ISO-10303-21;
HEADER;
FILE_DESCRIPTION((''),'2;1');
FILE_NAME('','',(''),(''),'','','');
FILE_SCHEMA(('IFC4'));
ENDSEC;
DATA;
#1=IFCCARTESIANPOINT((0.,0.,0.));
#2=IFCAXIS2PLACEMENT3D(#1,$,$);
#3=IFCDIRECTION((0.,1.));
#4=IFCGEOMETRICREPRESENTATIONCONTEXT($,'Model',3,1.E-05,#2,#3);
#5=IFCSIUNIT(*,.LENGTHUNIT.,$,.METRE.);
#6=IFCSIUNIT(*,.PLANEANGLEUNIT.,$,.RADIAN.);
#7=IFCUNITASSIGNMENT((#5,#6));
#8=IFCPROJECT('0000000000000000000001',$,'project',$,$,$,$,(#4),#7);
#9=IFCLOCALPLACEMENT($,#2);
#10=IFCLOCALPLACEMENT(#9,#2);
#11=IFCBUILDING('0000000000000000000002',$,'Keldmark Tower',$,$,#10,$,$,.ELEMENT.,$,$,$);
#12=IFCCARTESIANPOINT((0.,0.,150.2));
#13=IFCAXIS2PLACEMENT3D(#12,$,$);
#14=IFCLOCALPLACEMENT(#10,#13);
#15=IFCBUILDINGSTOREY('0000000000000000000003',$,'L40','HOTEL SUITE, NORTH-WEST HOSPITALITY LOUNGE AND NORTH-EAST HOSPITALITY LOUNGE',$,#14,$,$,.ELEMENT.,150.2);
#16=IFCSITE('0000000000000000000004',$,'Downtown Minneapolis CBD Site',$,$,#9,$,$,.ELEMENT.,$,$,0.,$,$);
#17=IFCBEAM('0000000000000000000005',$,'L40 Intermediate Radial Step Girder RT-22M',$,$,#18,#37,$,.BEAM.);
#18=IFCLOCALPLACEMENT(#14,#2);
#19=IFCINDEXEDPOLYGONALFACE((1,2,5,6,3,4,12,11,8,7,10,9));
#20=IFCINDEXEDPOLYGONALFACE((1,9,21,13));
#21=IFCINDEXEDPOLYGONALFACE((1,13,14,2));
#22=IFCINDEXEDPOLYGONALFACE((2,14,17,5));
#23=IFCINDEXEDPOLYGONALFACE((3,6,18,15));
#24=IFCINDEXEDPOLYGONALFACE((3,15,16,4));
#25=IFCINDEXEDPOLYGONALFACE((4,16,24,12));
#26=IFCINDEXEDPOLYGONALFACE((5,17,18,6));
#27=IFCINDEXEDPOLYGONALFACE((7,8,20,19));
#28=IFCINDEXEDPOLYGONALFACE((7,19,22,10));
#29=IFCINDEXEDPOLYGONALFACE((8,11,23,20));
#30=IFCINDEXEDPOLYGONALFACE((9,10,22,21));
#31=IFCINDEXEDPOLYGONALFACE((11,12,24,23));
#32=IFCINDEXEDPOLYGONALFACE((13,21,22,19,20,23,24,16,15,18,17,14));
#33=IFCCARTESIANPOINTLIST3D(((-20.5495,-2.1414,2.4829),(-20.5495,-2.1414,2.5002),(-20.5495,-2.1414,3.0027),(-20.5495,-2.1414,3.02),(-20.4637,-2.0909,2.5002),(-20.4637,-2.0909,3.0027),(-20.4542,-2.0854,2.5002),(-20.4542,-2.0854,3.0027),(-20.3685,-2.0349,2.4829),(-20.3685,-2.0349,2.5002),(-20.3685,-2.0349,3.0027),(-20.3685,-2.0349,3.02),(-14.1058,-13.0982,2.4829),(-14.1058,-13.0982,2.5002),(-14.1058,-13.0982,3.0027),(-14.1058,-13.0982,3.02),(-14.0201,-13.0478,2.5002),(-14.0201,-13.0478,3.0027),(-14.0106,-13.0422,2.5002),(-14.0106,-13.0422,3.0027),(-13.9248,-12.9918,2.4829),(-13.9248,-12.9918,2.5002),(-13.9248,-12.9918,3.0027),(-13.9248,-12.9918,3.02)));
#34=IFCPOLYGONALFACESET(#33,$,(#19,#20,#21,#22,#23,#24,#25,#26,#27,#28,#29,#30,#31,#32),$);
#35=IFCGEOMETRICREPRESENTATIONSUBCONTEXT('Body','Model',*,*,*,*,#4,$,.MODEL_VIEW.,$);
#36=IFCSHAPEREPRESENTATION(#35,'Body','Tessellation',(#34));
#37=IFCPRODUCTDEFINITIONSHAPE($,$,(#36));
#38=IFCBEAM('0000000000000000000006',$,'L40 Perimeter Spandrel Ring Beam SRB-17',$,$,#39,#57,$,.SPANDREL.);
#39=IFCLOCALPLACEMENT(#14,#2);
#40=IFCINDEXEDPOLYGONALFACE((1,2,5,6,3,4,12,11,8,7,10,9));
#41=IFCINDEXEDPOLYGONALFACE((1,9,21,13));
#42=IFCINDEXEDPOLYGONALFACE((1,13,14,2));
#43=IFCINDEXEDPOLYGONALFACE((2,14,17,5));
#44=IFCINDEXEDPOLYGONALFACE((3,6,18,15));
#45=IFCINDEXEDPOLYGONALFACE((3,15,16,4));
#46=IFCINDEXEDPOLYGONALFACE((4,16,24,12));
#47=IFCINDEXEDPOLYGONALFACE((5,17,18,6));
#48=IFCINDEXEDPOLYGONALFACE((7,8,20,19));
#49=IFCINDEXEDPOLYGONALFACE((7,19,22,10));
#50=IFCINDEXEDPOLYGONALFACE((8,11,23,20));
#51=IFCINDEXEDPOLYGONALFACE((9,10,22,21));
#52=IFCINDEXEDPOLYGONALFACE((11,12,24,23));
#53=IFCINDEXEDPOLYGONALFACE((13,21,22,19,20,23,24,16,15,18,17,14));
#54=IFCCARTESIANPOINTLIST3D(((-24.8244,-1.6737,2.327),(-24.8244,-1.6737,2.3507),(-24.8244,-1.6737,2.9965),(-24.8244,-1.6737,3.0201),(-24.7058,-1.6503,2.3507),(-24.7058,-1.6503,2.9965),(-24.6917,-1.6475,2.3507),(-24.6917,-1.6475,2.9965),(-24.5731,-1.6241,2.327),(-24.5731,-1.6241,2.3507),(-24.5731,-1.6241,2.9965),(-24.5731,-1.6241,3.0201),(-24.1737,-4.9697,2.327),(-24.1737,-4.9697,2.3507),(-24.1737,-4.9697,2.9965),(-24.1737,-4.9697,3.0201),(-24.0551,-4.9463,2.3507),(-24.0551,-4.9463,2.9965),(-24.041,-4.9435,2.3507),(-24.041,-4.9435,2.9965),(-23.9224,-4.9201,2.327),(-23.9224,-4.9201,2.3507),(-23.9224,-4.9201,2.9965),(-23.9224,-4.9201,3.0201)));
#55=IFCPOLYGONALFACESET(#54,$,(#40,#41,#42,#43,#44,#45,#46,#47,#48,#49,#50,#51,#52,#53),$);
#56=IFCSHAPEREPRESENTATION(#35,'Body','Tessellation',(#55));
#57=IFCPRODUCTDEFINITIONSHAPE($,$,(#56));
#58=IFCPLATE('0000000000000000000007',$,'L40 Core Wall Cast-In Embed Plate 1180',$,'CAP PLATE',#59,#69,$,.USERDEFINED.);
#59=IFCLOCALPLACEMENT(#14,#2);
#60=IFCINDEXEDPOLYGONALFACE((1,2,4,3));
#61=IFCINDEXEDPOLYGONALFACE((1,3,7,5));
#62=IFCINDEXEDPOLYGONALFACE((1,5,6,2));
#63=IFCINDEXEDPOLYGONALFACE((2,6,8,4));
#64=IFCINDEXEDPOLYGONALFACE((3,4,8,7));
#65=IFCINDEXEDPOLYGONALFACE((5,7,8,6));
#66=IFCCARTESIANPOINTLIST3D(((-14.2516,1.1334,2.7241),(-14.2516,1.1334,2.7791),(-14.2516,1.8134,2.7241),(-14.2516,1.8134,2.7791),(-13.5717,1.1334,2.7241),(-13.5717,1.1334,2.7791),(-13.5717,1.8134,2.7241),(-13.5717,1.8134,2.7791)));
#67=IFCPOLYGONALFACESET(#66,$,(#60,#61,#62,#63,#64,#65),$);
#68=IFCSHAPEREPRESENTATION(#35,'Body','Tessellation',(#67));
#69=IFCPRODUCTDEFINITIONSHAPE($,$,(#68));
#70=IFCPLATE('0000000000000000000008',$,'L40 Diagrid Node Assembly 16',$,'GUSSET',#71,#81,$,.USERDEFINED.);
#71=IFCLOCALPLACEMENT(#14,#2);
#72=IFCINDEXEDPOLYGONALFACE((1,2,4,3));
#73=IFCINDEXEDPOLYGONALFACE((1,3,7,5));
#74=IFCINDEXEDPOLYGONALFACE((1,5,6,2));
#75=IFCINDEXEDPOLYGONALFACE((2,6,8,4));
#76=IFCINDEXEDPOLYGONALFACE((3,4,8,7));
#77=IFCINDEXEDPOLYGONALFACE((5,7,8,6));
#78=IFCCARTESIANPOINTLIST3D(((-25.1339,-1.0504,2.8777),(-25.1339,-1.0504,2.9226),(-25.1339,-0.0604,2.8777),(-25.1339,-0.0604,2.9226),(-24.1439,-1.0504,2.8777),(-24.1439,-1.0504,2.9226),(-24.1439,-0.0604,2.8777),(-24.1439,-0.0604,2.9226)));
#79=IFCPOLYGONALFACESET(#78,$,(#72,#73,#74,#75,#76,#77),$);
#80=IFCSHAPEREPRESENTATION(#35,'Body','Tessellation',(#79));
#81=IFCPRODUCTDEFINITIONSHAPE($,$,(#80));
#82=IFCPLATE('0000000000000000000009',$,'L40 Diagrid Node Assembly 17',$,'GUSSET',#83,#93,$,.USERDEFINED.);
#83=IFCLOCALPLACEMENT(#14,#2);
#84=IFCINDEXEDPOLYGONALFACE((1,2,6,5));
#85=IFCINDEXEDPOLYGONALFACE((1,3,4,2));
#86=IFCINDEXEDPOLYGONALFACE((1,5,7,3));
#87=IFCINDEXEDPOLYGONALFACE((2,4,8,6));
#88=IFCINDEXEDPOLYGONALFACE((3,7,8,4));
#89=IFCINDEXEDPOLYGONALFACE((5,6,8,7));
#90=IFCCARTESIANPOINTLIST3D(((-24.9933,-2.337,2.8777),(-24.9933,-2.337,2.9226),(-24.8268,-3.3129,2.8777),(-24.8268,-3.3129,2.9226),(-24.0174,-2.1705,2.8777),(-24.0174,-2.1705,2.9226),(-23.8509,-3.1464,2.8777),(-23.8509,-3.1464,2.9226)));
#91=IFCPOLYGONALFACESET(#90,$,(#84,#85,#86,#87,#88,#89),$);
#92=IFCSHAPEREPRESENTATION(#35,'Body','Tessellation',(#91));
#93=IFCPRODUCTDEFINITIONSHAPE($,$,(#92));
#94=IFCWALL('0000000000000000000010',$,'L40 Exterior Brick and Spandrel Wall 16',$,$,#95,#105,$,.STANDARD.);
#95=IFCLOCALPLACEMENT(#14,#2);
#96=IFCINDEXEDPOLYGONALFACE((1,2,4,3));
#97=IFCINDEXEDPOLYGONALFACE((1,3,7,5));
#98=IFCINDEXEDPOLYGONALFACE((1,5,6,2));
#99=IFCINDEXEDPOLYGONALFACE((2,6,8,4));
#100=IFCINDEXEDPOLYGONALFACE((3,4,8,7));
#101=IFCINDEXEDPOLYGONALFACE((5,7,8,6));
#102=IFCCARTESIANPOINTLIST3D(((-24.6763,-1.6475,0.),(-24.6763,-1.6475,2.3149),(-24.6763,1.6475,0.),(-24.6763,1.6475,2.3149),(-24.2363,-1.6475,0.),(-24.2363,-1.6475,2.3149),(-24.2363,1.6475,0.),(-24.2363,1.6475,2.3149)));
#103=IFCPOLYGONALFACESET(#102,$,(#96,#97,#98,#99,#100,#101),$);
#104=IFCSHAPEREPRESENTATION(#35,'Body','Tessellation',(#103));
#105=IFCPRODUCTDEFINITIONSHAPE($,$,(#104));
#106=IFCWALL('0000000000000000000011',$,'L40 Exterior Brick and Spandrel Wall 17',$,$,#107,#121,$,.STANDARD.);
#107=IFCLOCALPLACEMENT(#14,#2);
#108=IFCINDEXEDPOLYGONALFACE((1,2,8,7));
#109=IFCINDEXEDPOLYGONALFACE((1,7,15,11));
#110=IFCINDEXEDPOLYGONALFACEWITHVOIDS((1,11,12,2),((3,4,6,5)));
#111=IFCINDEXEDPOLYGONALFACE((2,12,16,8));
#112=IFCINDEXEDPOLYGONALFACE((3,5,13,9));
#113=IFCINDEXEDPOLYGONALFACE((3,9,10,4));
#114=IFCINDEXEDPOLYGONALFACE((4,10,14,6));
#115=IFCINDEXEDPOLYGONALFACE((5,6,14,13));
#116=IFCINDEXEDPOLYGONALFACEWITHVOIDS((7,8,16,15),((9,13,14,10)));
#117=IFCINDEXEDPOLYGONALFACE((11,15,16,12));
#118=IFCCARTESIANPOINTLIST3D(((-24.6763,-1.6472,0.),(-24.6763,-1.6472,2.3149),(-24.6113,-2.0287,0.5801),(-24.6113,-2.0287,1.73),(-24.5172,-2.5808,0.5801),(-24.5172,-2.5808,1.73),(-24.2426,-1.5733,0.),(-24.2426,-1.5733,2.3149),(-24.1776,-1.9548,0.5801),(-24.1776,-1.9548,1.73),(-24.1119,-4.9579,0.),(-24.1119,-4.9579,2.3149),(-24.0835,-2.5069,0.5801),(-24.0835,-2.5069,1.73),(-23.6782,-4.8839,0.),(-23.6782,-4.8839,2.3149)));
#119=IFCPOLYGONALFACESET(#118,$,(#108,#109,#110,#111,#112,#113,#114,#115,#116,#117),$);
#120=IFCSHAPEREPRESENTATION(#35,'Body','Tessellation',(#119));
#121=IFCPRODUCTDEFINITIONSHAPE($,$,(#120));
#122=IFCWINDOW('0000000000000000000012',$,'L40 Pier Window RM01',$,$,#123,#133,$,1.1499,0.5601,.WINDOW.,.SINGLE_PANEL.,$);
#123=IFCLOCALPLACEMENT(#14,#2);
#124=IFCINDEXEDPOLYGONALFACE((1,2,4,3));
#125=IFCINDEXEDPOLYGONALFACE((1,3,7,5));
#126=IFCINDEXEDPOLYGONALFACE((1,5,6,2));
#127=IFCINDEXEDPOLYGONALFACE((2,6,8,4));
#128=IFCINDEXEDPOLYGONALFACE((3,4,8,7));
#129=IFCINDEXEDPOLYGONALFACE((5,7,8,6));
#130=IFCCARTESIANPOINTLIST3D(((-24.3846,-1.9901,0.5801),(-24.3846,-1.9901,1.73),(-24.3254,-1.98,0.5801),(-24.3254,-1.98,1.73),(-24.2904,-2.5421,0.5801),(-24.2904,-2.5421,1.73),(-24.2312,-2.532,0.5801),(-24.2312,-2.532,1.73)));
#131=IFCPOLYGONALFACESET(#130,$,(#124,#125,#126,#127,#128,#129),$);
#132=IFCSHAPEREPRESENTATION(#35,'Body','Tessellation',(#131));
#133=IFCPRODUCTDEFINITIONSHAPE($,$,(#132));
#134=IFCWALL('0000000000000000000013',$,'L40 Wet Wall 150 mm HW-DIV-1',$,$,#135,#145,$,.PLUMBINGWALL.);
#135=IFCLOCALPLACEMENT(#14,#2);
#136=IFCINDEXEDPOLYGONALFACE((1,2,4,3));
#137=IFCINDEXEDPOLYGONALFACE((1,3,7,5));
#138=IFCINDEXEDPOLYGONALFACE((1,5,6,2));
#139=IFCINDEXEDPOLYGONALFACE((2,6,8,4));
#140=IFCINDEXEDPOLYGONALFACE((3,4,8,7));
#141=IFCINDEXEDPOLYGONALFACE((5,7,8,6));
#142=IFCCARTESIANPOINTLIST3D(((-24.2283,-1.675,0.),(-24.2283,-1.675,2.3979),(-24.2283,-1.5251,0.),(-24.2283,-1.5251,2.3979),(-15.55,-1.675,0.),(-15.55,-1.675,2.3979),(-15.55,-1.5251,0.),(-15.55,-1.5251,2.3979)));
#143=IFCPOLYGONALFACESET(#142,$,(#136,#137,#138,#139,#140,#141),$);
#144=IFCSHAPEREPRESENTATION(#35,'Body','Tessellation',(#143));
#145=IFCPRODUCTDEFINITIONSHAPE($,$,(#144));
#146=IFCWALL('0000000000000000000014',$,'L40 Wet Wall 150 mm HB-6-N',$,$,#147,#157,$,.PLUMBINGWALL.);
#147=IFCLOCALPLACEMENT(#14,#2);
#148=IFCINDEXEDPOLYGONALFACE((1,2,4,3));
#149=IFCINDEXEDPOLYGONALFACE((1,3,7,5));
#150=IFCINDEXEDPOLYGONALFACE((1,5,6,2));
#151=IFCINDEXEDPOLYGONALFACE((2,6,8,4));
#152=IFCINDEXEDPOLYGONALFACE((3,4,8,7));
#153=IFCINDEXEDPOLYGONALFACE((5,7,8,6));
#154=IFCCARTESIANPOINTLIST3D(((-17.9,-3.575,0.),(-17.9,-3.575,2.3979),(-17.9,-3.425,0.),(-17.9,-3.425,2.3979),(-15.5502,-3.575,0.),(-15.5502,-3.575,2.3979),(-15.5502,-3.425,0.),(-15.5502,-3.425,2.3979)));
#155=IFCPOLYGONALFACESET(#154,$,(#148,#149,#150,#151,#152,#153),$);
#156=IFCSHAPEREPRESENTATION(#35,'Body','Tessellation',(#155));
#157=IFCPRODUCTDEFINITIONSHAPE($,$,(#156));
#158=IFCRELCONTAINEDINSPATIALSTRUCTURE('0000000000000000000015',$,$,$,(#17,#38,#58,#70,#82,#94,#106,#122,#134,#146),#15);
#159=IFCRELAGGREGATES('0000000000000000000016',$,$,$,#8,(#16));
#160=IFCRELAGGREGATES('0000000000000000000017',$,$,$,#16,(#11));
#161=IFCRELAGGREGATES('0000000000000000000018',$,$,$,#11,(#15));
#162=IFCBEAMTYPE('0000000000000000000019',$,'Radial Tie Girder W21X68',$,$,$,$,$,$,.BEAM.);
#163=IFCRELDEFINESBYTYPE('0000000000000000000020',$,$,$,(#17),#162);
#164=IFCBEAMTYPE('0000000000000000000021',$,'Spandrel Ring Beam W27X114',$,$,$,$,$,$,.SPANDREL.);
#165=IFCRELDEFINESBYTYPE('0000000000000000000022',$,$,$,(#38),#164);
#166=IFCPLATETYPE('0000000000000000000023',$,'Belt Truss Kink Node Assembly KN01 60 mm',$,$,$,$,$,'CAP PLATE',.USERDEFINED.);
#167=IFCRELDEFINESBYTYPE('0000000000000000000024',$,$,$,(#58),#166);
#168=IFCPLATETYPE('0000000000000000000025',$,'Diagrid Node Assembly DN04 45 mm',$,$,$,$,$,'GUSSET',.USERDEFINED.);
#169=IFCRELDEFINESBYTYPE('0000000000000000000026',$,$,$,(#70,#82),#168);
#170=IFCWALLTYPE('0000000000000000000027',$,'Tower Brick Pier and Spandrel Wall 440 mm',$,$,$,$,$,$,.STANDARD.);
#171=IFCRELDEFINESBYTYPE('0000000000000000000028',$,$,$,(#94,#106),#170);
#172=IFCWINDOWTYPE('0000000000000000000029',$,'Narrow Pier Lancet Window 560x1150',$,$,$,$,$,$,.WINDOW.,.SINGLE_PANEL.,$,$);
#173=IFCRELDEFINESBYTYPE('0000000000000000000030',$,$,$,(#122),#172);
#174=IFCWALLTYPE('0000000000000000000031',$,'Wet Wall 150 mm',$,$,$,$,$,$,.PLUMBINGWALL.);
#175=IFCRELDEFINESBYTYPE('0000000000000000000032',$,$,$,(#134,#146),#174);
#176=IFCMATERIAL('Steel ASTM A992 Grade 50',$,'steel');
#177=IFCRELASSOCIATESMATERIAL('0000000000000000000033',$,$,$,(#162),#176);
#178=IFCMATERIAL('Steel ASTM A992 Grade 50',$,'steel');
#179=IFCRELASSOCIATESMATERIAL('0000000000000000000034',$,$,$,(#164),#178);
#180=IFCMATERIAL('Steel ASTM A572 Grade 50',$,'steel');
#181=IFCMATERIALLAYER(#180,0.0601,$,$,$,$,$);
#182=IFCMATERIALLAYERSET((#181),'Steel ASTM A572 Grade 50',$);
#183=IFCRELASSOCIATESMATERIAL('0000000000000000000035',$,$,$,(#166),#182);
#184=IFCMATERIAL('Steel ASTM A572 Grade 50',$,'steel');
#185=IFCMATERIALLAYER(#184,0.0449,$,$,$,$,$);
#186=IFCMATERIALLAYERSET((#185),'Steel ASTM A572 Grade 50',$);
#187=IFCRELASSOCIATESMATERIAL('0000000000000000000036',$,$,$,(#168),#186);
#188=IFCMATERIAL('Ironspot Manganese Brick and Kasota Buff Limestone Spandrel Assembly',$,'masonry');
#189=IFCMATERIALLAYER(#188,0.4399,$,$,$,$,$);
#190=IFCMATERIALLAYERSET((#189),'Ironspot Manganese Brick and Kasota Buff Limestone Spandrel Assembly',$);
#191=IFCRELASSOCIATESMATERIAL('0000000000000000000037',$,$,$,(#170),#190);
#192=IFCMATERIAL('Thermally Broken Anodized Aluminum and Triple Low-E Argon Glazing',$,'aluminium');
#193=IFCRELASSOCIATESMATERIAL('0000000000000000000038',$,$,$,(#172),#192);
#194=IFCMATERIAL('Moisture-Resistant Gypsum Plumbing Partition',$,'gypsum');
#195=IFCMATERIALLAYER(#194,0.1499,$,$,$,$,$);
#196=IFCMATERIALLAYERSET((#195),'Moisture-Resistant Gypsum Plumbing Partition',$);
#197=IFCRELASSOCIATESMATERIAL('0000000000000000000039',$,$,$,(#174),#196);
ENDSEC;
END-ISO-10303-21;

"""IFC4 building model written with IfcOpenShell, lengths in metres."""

from ifc_helpers import new_model, si_unit, direction, frame, frame_2d, origin, origin_2d, place, context, subcontext, project, spatial, rectangle, i_section, extrude, material, layer, layer_set, material_profile, profile_set, type_object, element, fill, save


model = new_model("IFC4")

# Units and contexts
model_context = context("Model", 3, precision=1e-05, world=origin(), true_north=direction((0.0, 1.0)))
body_context = subcontext(model_context, "Body", "Model", "MODEL_VIEW")
ifc_project = project(units=[si_unit("LENGTHUNIT", "METRE"), si_unit("PLANEANGLEUNIT", "RADIAN")], contexts=[model_context])

# Site, building, storey
site_placement = place(None, origin())
site = spatial("IfcSite", under=ifc_project, at=site_placement, Name="Downtown Minneapolis CBD Site", CompositionType="ELEMENT", RefElevation=0.0)
building_placement = place(site_placement, origin())
building = spatial("IfcBuilding", under=site, at=building_placement, Name="Keldmark Tower", CompositionType="ELEMENT")
storey_placement = place(building_placement, frame((0.0, 0.0, 150.2)))
storey = spatial("IfcBuildingStorey", under=building, at=storey_placement, Name="L40", Description="HOTEL SUITE, NORTH-WEST HOSPITALITY LOUNGE AND NORTH-EAST HOSPITALITY LOUNGE", CompositionType="ELEMENT", Elevation=150.2)

# Beams
ifc_material_1 = material(Name="Steel ASTM A992 Grade 50", Category="steel")
ifc_material_profile_1 = material_profile(ifc_material_1, i_section(OverallWidth=0.21, OverallDepth=0.5371, WebThickness=0.011, FlangeThickness=0.0173, at=origin_2d()), Name="W21X68")
ifc_profile_set_1 = profile_set([ifc_material_profile_1], Name="Steel ASTM A992 Grade 50")
beam_type_1 = type_object("IfcBeamType", Name="Radial Tie Girder W21X68", PredefinedType="BEAM", material=ifc_profile_set_1)
beam_1_placement = place(storey_placement, frame((-20.459, -2.0881, 2.7515), z_axis=(0.506929, -0.861988, 0.0), x_axis=(0.861988, 0.506929, 0.0)))
element("IfcBeam", 1, at=beam_1_placement, inside=storey, type_object=beam_type_1, Name="L40 Intermediate Radial Step Girder RT-22M", PredefinedType="BEAM", context=body_context, shape_type="SweptSolid", body=[
    extrude(i_section(OverallWidth=0.21, OverallDepth=0.5371, WebThickness=0.011, FlangeThickness=0.0173, at=origin_2d()), origin(), (0.0, 0.0, 1.0), 12.7112),
])
ifc_material_2 = material(Name="Steel ASTM A992 Grade 50", Category="steel")
ifc_material_profile_2 = material_profile(ifc_material_2, i_section(OverallWidth=0.2561, OverallDepth=0.6931, WebThickness=0.0144, FlangeThickness=0.0237, at=origin_2d()), Name="W27X114")
ifc_profile_set_2 = profile_set([ifc_material_profile_2], Name="Steel ASTM A992 Grade 50")
beam_type_2 = type_object("IfcBeamType", Name="Spandrel Ring Beam W27X114", PredefinedType="SPANDREL", material=ifc_profile_set_2)
beam_2_placement = place(storey_placement, frame((-24.6987, -1.6489, 2.6736), z_axis=(0.19367, -0.981067, 0.0), x_axis=(0.981067, 0.19367, 0.0)))
element("IfcBeam", 2, at=beam_2_placement, inside=storey, type_object=beam_type_2, Name="L40 Perimeter Spandrel Ring Beam SRB-17", PredefinedType="SPANDREL", context=body_context, shape_type="SweptSolid", body=[
    extrude(i_section(OverallWidth=0.2561, OverallDepth=0.6931, WebThickness=0.0144, FlangeThickness=0.0237, at=origin_2d()), origin(), (0.0, 0.0, 1.0), 3.3596),
])

# Plates
ifc_material_3 = material(Name="Steel ASTM A572 Grade 50", Category="steel")
ifc_layer_1 = layer(ifc_material_3, 0.0601)
ifc_layer_set_1 = layer_set([ifc_layer_1], Name="Steel ASTM A572 Grade 50")
plate_type_1 = type_object("IfcPlateType", Name="Belt Truss Kink Node Assembly KN01 60 mm", ElementType="CAP PLATE", PredefinedType="USERDEFINED", material=ifc_layer_set_1)
plate_placement = place(storey_placement, frame((-13.9116, 1.4734, 2.7241), z_axis=(0.0, 0.0, 1.0), x_axis=(1.0, 0.0, 0.0)))
element("IfcPlate", 3, at=plate_placement, inside=storey, type_object=plate_type_1, Name="L40 Core Wall Cast-In Embed Plate 1180", ObjectType="CAP PLATE", PredefinedType="USERDEFINED", context=body_context, shape_type="SweptSolid", body=[
    extrude(rectangle(XDim=0.6799, YDim=0.6799, at=origin_2d()), origin(), (0.0, 0.0, 1.0), 0.0549),
])
ifc_material_4 = material(Name="Steel ASTM A572 Grade 50", Category="steel")
ifc_layer_2 = layer(ifc_material_4, 0.0449)
ifc_layer_set_2 = layer_set([ifc_layer_2], Name="Steel ASTM A572 Grade 50")
plate_type_2 = type_object("IfcPlateType", Name="Diagrid Node Assembly DN04 45 mm", ElementType="GUSSET", PredefinedType="USERDEFINED", material=ifc_layer_set_2)
for number, where, z_axis, x_axis, name in (
    (4, (-24.6389, -0.5554, 2.8777), (0.0, 0.0, 1.0), (0.0, -1.0, 0.0), "L40 Diagrid Node Assembly 16"),
    (5, (-24.4221, -2.7417, 2.8777), (0.0, 0.0, 1.0), (0.168145, -0.985762, 0.0), "L40 Diagrid Node Assembly 17"),
):
    element("IfcPlate", number, at=place(storey_placement, frame(where, z_axis=z_axis, x_axis=x_axis)), inside=storey, type_object=plate_type_2, Name=name, ObjectType="GUSSET", PredefinedType="USERDEFINED", context=body_context, shape_type="SweptSolid", body=[
        extrude(rectangle(XDim=0.99, YDim=0.99, at=origin_2d()), origin(), (0.0, 0.0, 1.0), 0.0449),
    ])

# Wall
ifc_material_5 = material(Name="Ironspot Manganese Brick and Kasota Buff Limestone Spandrel Assembly", Category="masonry")
ifc_layer_3 = layer(ifc_material_5, 0.4399)
ifc_layer_set_3 = layer_set([ifc_layer_3], Name="Ironspot Manganese Brick and Kasota Buff Limestone Spandrel Assembly")
wall_type_1 = type_object("IfcWallType", Name="Tower Brick Pier and Spandrel Wall 440 mm", PredefinedType="STANDARD", material=ifc_layer_set_3)
wall_1_placement = place(storey_placement, frame((-24.4563, -1.6475, 0.0), z_axis=(0.0, 0.0, 1.0), x_axis=(0.0, 1.0, 0.0)))
element("IfcWall", 6, at=wall_1_placement, inside=storey, type_object=wall_type_1, Name="L40 Exterior Brick and Spandrel Wall 16", PredefinedType="STANDARD", context=body_context, shape_type="SweptSolid", body=[
    extrude(rectangle(XDim=3.2949, YDim=0.4399, at=frame_2d((1.6475, 0.0))), origin(), (0.0, 0.0, 1.0), 2.3149),
])

# Wall, opening, window
wall_2_placement = place(storey_placement, frame((-23.895, -4.9209, 0.0), z_axis=(0.0, 0.0, 1.0), x_axis=(-0.168076, 0.985774, 0.0)))
wall_2 = element("IfcWall", 7, at=wall_2_placement, inside=storey, type_object=wall_type_1, Name="L40 Exterior Brick and Spandrel Wall 17", PredefinedType="STANDARD", context=body_context, shape_type="SweptSolid", body=[
    extrude(rectangle(XDim=3.3584, YDim=0.4399, at=frame_2d((1.6792, 0.0))), origin(), (0.0, 0.0, 1.0), 2.3149),
])
opening_1_placement = place(wall_2_placement, frame((2.4114, 0.0, 0.5801)))
opening_1 = element("IfcOpeningElement", 8, at=opening_1_placement, cuts=wall_2, PredefinedType="OPENING", context=body_context, shape_type="SweptSolid", body=[
    extrude(rectangle(XDim=0.5601, YDim=1.1499, at=frame_2d((0.28, 0.575))), frame((0.0, 0.23, 0.0), z_axis=(0.0, -1.0, 0.0), x_axis=(1.0, 0.0, 0.0)), (0.0, 0.0, 1.0), 0.46),
])
ifc_material_6 = material(Name="Thermally Broken Anodized Aluminum and Triple Low-E Argon Glazing", Category="aluminium")
window_type = type_object("IfcWindowType", Name="Narrow Pier Lancet Window 560x1150", PartitioningType="SINGLE_PANEL", PredefinedType="WINDOW", material=ifc_material_6)
window_placement = place(opening_1_placement, origin())
window = element("IfcWindow", 9, at=window_placement, inside=storey, type_object=window_type, Name="L40 Pier Window RM01", OverallHeight=1.1499, OverallWidth=0.5601, PartitioningType="SINGLE_PANEL", PredefinedType="WINDOW", context=body_context, shape_type="SweptSolid", body=[
    extrude(rectangle(XDim=0.5601, YDim=1.1499, at=frame_2d((0.28, 0.575))), frame((0.0, -0.01, 0.0), z_axis=(0.0, -1.0, 0.0), x_axis=(1.0, 0.0, 0.0)), (0.0, 0.0, 1.0), 0.0601),
])
fill(opening_1, window)

# Walls
ifc_material_7 = material(Name="Moisture-Resistant Gypsum Plumbing Partition", Category="gypsum")
ifc_layer_4 = layer(ifc_material_7, 0.1499)
ifc_layer_set_4 = layer_set([ifc_layer_4], Name="Moisture-Resistant Gypsum Plumbing Partition")
wall_type_2 = type_object("IfcWallType", Name="Wet Wall 150 mm", PredefinedType="PLUMBINGWALL", material=ifc_layer_set_4)
wall_3_placement = place(storey_placement, frame((-24.2283, -1.6001, 0.0), z_axis=(0.0, 0.0, 1.0), x_axis=(1.0, 0.0, 0.0)))
element("IfcWall", 10, at=wall_3_placement, inside=storey, type_object=wall_type_2, Name="L40 Wet Wall 150 mm HW-DIV-1", PredefinedType="PLUMBINGWALL", context=body_context, shape_type="SweptSolid", body=[
    extrude(rectangle(XDim=8.6782, YDim=0.1499, at=frame_2d((4.3391, 0.0))), origin(), (0.0, 0.0, 1.0), 2.3979),
])
wall_4_placement = place(storey_placement, frame((-17.8999, -3.5, 0.0), z_axis=(0.0, 0.0, 1.0), x_axis=(1.0, 0.0, 0.0)))
element("IfcWall", 11, at=wall_4_placement, inside=storey, type_object=wall_type_2, Name="L40 Wet Wall 150 mm HB-6-N", PredefinedType="PLUMBINGWALL", context=body_context, shape_type="SweptSolid", body=[
    extrude(rectangle(XDim=2.3499, YDim=0.1499, at=frame_2d((1.1748, 0.0))), origin(), (0.0, 0.0, 1.0), 2.3979),
])

save(model, "model.ifc")
